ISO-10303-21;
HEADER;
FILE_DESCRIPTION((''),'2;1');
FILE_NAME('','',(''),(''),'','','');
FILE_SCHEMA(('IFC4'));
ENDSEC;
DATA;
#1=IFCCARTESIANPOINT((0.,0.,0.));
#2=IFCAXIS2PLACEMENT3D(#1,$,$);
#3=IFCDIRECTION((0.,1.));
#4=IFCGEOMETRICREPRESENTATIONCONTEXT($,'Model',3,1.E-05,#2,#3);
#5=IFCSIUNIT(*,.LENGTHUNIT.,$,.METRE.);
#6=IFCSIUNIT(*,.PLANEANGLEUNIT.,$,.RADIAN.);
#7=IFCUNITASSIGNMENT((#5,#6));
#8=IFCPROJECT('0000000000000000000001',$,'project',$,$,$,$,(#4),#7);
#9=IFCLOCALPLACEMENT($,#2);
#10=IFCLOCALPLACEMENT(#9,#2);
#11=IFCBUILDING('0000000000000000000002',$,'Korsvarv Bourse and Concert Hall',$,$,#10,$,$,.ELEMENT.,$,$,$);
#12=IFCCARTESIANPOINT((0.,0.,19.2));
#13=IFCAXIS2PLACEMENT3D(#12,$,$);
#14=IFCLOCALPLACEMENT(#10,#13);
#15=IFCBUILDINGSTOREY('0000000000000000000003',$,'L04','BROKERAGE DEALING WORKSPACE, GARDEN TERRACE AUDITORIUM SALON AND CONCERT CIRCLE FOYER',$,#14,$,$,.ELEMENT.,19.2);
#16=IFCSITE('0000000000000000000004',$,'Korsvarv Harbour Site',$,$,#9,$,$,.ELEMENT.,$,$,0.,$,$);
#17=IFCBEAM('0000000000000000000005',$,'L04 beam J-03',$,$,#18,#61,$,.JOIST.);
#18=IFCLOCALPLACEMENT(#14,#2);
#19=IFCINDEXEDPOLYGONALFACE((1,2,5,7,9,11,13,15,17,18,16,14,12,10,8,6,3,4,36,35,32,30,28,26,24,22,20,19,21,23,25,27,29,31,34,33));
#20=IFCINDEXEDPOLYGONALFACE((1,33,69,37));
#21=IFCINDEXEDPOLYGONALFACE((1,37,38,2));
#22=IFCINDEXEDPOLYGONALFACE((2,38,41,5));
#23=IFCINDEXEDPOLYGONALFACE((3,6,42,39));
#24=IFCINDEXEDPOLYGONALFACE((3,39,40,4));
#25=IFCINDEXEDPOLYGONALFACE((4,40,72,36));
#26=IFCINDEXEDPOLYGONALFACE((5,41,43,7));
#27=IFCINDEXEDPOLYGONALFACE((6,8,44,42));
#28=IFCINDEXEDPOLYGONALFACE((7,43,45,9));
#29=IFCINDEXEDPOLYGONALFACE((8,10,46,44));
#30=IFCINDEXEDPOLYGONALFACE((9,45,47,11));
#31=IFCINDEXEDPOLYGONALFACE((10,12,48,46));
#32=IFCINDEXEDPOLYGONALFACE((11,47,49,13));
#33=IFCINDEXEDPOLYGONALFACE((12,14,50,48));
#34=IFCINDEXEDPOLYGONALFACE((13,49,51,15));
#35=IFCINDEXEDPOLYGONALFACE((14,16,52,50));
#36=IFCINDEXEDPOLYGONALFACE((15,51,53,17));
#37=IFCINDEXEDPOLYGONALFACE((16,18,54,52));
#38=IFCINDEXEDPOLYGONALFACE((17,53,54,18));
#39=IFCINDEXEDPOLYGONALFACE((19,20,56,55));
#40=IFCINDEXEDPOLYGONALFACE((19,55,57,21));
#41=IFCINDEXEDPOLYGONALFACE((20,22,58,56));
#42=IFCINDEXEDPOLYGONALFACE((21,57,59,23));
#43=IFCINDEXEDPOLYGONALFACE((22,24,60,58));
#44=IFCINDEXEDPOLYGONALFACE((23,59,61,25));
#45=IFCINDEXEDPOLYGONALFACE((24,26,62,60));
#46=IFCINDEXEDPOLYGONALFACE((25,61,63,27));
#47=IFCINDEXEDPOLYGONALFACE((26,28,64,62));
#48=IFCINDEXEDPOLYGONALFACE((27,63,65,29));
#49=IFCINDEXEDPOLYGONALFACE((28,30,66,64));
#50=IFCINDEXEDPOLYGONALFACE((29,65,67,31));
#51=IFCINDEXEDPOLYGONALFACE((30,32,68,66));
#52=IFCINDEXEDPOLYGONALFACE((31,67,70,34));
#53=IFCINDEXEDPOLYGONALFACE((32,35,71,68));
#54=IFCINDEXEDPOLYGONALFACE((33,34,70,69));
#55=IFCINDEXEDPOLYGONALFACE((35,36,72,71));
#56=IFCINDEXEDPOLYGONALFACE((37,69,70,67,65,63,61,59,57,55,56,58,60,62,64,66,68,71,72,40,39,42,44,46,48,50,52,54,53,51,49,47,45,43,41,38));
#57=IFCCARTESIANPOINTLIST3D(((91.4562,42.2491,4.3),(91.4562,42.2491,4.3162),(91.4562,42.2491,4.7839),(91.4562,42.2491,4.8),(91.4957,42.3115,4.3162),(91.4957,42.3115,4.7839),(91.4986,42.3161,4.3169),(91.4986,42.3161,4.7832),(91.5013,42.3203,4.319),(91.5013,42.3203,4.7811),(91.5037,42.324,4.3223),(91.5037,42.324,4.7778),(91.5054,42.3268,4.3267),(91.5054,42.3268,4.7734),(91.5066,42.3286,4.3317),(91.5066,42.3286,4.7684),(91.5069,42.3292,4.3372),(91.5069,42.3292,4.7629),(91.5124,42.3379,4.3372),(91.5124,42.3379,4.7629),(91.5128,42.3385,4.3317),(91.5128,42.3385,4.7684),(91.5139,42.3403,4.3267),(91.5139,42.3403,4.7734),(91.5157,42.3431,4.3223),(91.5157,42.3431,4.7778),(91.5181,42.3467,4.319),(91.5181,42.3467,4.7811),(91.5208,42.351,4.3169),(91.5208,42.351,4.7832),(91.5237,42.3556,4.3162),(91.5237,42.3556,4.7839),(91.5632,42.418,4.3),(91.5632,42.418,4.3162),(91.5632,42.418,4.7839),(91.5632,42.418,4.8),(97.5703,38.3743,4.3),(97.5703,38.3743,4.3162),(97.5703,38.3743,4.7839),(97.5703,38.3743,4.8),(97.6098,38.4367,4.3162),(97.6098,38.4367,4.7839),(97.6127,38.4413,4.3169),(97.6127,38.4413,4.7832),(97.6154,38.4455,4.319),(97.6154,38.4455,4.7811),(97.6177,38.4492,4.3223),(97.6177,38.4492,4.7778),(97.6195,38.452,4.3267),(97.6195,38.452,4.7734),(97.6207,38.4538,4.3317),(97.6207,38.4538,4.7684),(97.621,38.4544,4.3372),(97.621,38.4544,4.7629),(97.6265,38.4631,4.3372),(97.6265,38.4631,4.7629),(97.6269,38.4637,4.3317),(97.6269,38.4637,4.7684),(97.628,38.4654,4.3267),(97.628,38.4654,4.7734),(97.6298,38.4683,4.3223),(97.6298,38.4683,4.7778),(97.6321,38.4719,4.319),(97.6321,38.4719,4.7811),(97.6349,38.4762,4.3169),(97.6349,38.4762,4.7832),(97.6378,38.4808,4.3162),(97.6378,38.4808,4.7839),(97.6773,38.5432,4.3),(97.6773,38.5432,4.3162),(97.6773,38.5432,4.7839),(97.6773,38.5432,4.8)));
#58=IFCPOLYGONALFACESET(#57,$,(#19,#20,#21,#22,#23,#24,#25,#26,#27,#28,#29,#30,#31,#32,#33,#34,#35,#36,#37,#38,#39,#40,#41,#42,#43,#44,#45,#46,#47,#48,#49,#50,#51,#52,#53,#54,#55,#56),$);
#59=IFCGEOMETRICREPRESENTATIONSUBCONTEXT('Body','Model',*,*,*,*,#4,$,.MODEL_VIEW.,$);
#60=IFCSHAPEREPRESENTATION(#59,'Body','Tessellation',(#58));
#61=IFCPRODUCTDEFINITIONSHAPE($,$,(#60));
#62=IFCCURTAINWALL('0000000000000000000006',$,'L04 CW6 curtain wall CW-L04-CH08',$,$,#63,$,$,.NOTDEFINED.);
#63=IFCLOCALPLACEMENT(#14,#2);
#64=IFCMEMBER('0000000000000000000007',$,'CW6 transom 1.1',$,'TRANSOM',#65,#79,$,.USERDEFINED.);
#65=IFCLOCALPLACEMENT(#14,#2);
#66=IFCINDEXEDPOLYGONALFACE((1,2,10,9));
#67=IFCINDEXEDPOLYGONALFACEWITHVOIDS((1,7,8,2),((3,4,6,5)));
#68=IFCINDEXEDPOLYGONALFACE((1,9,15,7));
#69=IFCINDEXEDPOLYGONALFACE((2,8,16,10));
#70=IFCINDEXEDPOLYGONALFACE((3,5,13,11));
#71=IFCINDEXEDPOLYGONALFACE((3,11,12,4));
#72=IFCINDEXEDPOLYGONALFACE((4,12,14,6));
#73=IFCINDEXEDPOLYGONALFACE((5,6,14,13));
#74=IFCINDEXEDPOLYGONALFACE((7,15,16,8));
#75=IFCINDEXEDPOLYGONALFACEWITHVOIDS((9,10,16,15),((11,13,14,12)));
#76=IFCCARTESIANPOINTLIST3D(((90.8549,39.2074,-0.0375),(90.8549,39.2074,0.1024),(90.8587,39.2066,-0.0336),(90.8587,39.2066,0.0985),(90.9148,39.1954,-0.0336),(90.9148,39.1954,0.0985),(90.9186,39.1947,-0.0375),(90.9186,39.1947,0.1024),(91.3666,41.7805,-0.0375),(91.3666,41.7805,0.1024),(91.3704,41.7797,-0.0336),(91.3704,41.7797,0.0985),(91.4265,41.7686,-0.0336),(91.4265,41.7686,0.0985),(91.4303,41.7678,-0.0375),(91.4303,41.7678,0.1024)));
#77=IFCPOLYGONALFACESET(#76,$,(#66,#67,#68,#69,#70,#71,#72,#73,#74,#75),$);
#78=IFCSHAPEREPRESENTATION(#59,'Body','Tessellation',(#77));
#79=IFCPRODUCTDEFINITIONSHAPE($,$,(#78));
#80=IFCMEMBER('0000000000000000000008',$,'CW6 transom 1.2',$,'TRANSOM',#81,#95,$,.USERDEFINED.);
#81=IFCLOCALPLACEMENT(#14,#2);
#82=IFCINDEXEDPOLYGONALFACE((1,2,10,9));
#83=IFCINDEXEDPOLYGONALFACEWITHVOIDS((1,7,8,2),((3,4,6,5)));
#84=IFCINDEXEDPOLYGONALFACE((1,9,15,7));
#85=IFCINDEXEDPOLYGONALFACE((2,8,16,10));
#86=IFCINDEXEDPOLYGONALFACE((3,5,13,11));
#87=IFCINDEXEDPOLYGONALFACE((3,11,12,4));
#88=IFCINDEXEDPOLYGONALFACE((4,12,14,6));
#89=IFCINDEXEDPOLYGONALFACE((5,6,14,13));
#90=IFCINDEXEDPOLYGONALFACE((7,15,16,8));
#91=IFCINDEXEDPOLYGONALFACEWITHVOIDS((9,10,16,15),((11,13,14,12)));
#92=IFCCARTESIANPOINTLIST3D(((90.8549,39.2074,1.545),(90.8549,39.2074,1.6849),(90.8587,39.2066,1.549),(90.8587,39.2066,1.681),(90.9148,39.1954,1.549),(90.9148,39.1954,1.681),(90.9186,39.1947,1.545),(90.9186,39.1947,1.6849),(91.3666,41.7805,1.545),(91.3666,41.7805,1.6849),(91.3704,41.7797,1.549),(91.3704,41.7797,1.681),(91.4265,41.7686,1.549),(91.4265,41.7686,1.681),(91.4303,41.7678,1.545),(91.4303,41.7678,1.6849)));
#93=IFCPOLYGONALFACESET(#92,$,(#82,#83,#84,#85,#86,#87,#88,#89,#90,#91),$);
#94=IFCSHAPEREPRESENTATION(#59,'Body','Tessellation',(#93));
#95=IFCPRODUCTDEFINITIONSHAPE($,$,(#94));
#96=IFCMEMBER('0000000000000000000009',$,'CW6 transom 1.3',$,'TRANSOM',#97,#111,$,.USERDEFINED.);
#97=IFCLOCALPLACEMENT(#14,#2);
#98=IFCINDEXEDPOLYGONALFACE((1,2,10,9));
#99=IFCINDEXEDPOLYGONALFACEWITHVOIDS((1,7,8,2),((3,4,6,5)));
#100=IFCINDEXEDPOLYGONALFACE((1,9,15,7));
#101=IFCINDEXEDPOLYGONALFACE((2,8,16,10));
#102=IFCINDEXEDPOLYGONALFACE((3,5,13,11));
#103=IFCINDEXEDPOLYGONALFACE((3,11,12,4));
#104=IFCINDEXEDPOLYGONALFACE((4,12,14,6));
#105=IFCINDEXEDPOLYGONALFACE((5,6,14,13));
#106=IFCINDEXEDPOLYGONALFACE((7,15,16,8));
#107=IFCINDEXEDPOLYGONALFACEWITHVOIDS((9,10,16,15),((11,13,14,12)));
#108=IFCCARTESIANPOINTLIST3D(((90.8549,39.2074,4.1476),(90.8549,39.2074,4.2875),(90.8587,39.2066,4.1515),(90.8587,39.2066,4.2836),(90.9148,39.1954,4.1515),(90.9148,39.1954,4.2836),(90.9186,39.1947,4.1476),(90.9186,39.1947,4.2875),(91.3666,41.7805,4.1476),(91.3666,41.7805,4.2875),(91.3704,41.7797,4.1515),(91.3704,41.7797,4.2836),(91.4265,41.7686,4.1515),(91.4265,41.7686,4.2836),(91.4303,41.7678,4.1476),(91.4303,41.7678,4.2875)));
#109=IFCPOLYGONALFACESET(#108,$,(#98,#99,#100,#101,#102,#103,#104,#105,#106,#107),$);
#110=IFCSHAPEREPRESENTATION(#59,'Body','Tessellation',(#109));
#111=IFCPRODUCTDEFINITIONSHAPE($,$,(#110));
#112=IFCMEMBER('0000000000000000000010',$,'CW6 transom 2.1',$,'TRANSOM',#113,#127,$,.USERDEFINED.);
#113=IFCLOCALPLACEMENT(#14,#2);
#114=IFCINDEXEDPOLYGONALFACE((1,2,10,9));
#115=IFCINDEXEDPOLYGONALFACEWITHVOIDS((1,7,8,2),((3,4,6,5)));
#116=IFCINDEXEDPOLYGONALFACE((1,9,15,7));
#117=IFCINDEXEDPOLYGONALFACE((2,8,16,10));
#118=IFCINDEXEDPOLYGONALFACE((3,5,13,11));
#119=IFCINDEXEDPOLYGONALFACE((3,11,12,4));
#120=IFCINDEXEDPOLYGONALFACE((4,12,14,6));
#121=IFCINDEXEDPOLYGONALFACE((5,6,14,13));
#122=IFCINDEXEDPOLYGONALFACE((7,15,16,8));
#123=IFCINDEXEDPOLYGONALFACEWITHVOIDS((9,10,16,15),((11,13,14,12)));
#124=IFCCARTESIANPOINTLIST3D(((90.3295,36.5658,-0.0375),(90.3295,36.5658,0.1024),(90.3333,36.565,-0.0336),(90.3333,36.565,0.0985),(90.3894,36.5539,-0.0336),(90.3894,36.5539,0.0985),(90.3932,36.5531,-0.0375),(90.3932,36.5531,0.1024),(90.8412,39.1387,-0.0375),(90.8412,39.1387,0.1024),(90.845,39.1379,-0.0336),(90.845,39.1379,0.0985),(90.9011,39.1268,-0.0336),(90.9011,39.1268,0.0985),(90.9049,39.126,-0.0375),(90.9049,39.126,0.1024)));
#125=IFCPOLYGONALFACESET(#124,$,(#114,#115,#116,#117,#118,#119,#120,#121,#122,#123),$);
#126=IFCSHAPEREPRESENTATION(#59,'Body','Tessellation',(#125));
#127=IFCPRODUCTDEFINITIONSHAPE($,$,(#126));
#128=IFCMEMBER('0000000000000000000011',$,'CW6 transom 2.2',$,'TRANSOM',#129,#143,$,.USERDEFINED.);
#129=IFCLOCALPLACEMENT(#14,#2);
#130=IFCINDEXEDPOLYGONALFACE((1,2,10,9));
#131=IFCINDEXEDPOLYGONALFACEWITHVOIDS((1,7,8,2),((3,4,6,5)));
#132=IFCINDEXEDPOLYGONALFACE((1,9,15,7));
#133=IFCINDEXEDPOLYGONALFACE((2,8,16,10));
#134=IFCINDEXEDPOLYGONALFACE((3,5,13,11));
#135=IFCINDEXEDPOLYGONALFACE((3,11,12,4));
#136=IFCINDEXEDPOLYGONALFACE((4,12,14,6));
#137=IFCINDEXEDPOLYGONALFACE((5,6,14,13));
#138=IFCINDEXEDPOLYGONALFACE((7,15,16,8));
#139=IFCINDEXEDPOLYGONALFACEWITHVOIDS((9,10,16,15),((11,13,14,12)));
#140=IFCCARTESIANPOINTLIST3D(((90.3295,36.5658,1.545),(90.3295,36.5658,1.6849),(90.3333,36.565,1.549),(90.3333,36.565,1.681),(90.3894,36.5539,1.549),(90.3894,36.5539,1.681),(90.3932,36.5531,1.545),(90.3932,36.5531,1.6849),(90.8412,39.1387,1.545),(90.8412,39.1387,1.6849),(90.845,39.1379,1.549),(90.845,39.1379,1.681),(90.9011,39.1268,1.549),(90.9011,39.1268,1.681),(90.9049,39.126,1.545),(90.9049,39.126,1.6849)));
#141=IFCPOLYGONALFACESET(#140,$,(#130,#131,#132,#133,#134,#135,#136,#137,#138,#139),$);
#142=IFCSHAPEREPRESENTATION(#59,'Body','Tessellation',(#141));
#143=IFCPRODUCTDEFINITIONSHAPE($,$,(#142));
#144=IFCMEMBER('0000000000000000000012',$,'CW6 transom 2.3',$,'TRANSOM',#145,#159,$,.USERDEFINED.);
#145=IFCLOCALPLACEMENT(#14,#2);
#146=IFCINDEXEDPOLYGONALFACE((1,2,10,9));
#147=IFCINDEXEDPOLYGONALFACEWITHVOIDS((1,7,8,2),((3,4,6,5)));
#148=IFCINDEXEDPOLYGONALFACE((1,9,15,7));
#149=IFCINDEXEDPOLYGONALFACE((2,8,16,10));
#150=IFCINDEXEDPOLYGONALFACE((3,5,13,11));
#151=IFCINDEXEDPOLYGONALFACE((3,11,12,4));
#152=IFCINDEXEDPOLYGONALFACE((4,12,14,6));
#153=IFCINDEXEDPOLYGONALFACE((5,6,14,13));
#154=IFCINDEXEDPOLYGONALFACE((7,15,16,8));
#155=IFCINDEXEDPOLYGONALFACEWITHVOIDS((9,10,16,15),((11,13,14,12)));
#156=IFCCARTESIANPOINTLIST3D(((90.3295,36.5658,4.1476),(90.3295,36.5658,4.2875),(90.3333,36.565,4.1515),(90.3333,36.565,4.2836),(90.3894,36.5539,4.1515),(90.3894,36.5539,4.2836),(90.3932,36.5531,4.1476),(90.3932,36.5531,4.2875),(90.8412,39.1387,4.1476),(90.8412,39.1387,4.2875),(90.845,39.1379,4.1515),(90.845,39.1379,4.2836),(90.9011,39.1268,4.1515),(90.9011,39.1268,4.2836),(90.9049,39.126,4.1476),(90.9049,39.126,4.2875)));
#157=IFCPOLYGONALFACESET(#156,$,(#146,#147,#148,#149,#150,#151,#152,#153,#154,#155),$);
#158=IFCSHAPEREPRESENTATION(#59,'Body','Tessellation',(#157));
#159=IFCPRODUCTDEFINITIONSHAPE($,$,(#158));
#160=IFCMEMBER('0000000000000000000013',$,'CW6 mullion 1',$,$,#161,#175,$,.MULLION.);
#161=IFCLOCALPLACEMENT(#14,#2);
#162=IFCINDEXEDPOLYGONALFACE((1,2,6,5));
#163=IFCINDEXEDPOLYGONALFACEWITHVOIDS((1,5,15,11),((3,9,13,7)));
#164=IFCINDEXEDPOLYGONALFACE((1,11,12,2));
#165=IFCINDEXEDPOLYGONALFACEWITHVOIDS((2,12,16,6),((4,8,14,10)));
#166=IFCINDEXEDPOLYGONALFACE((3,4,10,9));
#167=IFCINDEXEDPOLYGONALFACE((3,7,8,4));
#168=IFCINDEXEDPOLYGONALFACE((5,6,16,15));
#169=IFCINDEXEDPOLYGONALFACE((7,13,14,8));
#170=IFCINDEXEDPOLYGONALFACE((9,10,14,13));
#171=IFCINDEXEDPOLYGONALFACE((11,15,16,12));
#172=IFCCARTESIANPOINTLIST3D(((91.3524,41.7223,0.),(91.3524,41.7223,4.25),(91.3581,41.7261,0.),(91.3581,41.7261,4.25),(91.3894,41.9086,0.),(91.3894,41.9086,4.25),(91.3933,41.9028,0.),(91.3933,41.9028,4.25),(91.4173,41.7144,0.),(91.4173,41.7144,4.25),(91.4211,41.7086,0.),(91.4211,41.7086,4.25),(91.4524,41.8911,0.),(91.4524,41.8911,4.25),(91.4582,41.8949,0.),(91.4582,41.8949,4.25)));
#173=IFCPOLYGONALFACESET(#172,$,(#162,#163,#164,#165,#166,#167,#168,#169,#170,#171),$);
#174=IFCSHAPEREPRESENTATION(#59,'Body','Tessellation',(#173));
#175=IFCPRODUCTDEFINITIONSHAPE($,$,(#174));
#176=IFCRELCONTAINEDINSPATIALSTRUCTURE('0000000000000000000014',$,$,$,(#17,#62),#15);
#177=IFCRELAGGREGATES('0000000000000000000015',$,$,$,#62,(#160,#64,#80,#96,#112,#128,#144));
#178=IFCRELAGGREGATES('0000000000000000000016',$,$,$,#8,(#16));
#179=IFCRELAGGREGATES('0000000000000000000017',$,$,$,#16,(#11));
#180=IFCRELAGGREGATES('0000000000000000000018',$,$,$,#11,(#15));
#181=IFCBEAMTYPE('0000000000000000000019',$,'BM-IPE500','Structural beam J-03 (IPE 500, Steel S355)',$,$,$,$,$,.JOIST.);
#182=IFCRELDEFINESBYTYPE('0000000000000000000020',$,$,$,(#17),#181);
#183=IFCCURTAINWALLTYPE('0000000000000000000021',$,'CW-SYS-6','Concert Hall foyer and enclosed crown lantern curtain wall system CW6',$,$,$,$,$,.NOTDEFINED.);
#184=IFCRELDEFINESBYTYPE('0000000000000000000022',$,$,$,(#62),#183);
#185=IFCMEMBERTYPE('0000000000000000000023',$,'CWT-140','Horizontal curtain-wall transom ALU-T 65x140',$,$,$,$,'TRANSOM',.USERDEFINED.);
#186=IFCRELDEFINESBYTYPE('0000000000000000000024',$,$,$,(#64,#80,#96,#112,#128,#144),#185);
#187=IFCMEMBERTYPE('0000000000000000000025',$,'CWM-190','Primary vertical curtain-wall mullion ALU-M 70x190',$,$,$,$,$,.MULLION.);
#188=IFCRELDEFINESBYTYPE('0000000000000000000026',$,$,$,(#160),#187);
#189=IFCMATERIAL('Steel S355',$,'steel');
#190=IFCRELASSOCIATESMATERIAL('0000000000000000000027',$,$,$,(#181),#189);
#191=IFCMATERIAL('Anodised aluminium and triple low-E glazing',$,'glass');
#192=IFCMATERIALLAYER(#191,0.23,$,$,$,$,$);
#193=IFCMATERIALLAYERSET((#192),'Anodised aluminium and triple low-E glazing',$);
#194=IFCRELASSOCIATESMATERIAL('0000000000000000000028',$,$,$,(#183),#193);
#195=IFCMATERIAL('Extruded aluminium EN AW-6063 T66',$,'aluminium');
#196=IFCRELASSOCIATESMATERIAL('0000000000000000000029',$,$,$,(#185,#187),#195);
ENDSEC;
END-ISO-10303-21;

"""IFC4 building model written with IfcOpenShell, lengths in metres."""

from ifc_helpers import new_model, si_unit, direction, frame, origin, origin_2d, place, context, subcontext, project, spatial, hollow_rectangle, i_section, extrude, source, transform, mapped, material, layer, layer_set, material_profile, profile_set, type_object, element, aggregate, save


model = new_model("IFC4")

# Units and contexts
model_context = context("Model", 3, precision=1e-05, world=origin(), true_north=direction((0.0, 1.0)))
body_context = subcontext(model_context, "Body", "Model", "MODEL_VIEW")
ifc_project = project(units=[si_unit("LENGTHUNIT", "METRE"), si_unit("PLANEANGLEUNIT", "RADIAN")], contexts=[model_context])

# Site, building, storey
site_placement = place(None, origin())
site = spatial("IfcSite", under=ifc_project, at=site_placement, Name="Korsvarv Harbour Site", CompositionType="ELEMENT", RefElevation=0.0)
building_placement = place(site_placement, origin())
building = spatial("IfcBuilding", under=site, at=building_placement, Name="Korsvarv Bourse and Concert Hall", CompositionType="ELEMENT")
storey_placement = place(building_placement, frame((0.0, 0.0, 19.2)))
storey = spatial("IfcBuildingStorey", under=building, at=storey_placement, Name="L04", Description="BROKERAGE DEALING WORKSPACE, GARDEN TERRACE AUDITORIUM SALON AND CONCERT CIRCLE FOYER", CompositionType="ELEMENT", Elevation=19.2)

# Beam
ifc_material_1 = material(Name="Steel S355", Category="steel")
ifc_material_profile_1 = material_profile(ifc_material_1, i_section(OverallWidth=0.2, OverallDepth=0.5, WebThickness=0.0103, FlangeThickness=0.0161, FilletRadius=0.021, at=origin_2d()), Name="IPE 500")
ifc_profile_set_1 = profile_set([ifc_material_profile_1], Name="Steel S355")
beam_type_1 = type_object("IfcBeamType", Name="BM-IPE500", Description="Structural beam J-03 (IPE 500, Steel S355)", PredefinedType="JOIST", material=ifc_profile_set_1)
shared_shape_1 = source(origin(), body_context, "Body", "SweptSolid", [
    extrude(i_section(OverallWidth=0.2, OverallDepth=0.5, WebThickness=0.0103, FlangeThickness=0.0161, FilletRadius=0.021, at=origin_2d()), origin(), (0.0, 0.0, 1.0), 7.2385),
])
beam_1_placement = place(storey_placement, frame((97.6238, 38.4587, 4.55), z_axis=(-0.84466, 0.535303, 0.0), x_axis=(-0.535303, -0.84466, 0.0)))
element("IfcBeam", 1, at=beam_1_placement, inside=storey, type_object=beam_type_1, Name="L04 beam J-03", PredefinedType="JOIST", context=body_context, shape_type="MappedRepresentation", body=[
    mapped(shared_shape_1, transform((0.0, 0.0, 0.0), scale=1.0)),
])

# Curtain wall, members
ifc_material_2 = material(Name="Anodised aluminium and triple low-E glazing", Category="glass")
ifc_layer_1 = layer(ifc_material_2, 0.23)
ifc_layer_set_1 = layer_set([ifc_layer_1], Name="Anodised aluminium and triple low-E glazing")
curtain_wall_type = type_object("IfcCurtainWallType", Name="CW-SYS-6", Description="Concert Hall foyer and enclosed crown lantern curtain wall system CW6", PredefinedType="NOTDEFINED", material=ifc_layer_set_1)
curtain_wall_placement = place(storey_placement, origin())
curtain_wall = element("IfcCurtainWall", 2, at=curtain_wall_placement, inside=storey, type_object=curtain_wall_type, Name="L04 CW6 curtain wall CW-L04-CH08", PredefinedType="NOTDEFINED")
ifc_material_3 = material(Name="Extruded aluminium EN AW-6063 T66", Category="aluminium")
ifc_material_profile_2 = material_profile(ifc_material_3, hollow_rectangle(XDim=0.0649, YDim=0.1399, WallThickness=0.0039, at=origin_2d()), Name="ALU-T 65x140")
ifc_profile_set_2 = profile_set([ifc_material_profile_2], Name="Extruded aluminium EN AW-6063 T66")
member_type_1 = type_object("IfcMemberType", Name="CWT-140", Description="Horizontal curtain-wall transom ALU-T 65x140", ElementType="TRANSOM", PredefinedType="USERDEFINED", material=ifc_profile_set_2)
shared_shape_2 = source(origin(), body_context, "Body", "SweptSolid", [
    extrude(hollow_rectangle(XDim=0.0649, YDim=0.1399, WallThickness=0.0039, at=origin_2d()), origin(), (0.0, 0.0, 1.0), 2.6235),
])
member_1_placement = place(storey_placement, frame((91.3984, 41.7742, 0.0325), z_axis=(-0.195042, -0.980795, 0.0), x_axis=(0.980795, -0.195042, 0.0)))
member_1 = element("IfcMember", 3, at=member_1_placement, type_object=member_type_1, Name="CW6 transom 1.1", ObjectType="TRANSOM", PredefinedType="USERDEFINED", context=body_context, shape_type="MappedRepresentation", body=[
    mapped(shared_shape_2, transform((0.0, 0.0, 0.0), scale=1.0)),
])
member_2_placement = place(storey_placement, frame((91.3984, 41.7742, 1.615), z_axis=(-0.195042, -0.980795, 0.0), x_axis=(0.980795, -0.195042, 0.0)))
member_2 = element("IfcMember", 4, at=member_2_placement, type_object=member_type_1, Name="CW6 transom 1.2", ObjectType="TRANSOM", PredefinedType="USERDEFINED", context=body_context, shape_type="MappedRepresentation", body=[
    mapped(shared_shape_2, transform((0.0, 0.0, 0.0), scale=1.0)),
])
member_3_placement = place(storey_placement, frame((91.3984, 41.7742, 4.2175), z_axis=(-0.195042, -0.980795, 0.0), x_axis=(0.980795, -0.195042, 0.0)))
member_3 = element("IfcMember", 5, at=member_3_placement, type_object=member_type_1, Name="CW6 transom 1.3", ObjectType="TRANSOM", PredefinedType="USERDEFINED", context=body_context, shape_type="MappedRepresentation", body=[
    mapped(shared_shape_2, transform((0.0, 0.0, 0.0), scale=1.0)),
])
shared_shape_3 = source(origin(), body_context, "Body", "SweptSolid", [
    extrude(hollow_rectangle(XDim=0.0649, YDim=0.1399, WallThickness=0.0039, at=origin_2d()), origin(), (0.0, 0.0, 1.0), 2.6233),
])
member_4_placement = place(storey_placement, frame((90.873, 39.1323, 0.0325), z_axis=(-0.19506, -0.980791, 0.0), x_axis=(0.980791, -0.19506, 0.0)))
member_4 = element("IfcMember", 6, at=member_4_placement, type_object=member_type_1, Name="CW6 transom 2.1", ObjectType="TRANSOM", PredefinedType="USERDEFINED", context=body_context, shape_type="MappedRepresentation", body=[
    mapped(shared_shape_3, transform((0.0, 0.0, 0.0), scale=1.0)),
])
member_5_placement = place(storey_placement, frame((90.873, 39.1323, 1.615), z_axis=(-0.19506, -0.980791, 0.0), x_axis=(0.980791, -0.19506, 0.0)))
member_5 = element("IfcMember", 7, at=member_5_placement, type_object=member_type_1, Name="CW6 transom 2.2", ObjectType="TRANSOM", PredefinedType="USERDEFINED", context=body_context, shape_type="MappedRepresentation", body=[
    mapped(shared_shape_3, transform((0.0, 0.0, 0.0), scale=1.0)),
])
member_6_placement = place(storey_placement, frame((90.873, 39.1323, 4.2175), z_axis=(-0.19506, -0.980791, 0.0), x_axis=(0.980791, -0.19506, 0.0)))
member_6 = element("IfcMember", 8, at=member_6_placement, type_object=member_type_1, Name="CW6 transom 2.3", ObjectType="TRANSOM", PredefinedType="USERDEFINED", context=body_context, shape_type="MappedRepresentation", body=[
    mapped(shared_shape_3, transform((0.0, 0.0, 0.0), scale=1.0)),
])
ifc_material_profile_3 = material_profile(ifc_material_3, hollow_rectangle(XDim=0.0701, YDim=0.1899, WallThickness=0.0049, at=origin_2d()), Name="ALU-M 70x190")
ifc_profile_set_3 = profile_set([ifc_material_profile_3], Name="Extruded aluminium EN AW-6063 T66")
member_type_2 = type_object("IfcMemberType", Name="CWM-190", Description="Primary vertical curtain-wall mullion ALU-M 70x190", PredefinedType="MULLION", material=ifc_profile_set_3)
shared_shape_4 = source(origin(), body_context, "Body", "SweptSolid", [
    extrude(hollow_rectangle(XDim=0.0701, YDim=0.1899, WallThickness=0.0049, at=origin_2d()), origin(), (0.0, 0.0, 1.0), 4.25),
])
member_7_placement = place(storey_placement, frame((91.4053, 41.8086, 0.0), z_axis=(0.0, 0.0, 1.0), x_axis=(0.980786, -0.195087, 0.0)))
member_7 = element("IfcMember", 9, at=member_7_placement, type_object=member_type_2, Name="CW6 mullion 1", PredefinedType="MULLION", context=body_context, shape_type="MappedRepresentation", body=[
    mapped(shared_shape_4, transform((0.0, 0.0, 0.0), scale=1.0)),
])
aggregate(curtain_wall, [member_7, member_1, member_2, member_3, member_4, member_5, member_6])

save(model, "model.ifc")
